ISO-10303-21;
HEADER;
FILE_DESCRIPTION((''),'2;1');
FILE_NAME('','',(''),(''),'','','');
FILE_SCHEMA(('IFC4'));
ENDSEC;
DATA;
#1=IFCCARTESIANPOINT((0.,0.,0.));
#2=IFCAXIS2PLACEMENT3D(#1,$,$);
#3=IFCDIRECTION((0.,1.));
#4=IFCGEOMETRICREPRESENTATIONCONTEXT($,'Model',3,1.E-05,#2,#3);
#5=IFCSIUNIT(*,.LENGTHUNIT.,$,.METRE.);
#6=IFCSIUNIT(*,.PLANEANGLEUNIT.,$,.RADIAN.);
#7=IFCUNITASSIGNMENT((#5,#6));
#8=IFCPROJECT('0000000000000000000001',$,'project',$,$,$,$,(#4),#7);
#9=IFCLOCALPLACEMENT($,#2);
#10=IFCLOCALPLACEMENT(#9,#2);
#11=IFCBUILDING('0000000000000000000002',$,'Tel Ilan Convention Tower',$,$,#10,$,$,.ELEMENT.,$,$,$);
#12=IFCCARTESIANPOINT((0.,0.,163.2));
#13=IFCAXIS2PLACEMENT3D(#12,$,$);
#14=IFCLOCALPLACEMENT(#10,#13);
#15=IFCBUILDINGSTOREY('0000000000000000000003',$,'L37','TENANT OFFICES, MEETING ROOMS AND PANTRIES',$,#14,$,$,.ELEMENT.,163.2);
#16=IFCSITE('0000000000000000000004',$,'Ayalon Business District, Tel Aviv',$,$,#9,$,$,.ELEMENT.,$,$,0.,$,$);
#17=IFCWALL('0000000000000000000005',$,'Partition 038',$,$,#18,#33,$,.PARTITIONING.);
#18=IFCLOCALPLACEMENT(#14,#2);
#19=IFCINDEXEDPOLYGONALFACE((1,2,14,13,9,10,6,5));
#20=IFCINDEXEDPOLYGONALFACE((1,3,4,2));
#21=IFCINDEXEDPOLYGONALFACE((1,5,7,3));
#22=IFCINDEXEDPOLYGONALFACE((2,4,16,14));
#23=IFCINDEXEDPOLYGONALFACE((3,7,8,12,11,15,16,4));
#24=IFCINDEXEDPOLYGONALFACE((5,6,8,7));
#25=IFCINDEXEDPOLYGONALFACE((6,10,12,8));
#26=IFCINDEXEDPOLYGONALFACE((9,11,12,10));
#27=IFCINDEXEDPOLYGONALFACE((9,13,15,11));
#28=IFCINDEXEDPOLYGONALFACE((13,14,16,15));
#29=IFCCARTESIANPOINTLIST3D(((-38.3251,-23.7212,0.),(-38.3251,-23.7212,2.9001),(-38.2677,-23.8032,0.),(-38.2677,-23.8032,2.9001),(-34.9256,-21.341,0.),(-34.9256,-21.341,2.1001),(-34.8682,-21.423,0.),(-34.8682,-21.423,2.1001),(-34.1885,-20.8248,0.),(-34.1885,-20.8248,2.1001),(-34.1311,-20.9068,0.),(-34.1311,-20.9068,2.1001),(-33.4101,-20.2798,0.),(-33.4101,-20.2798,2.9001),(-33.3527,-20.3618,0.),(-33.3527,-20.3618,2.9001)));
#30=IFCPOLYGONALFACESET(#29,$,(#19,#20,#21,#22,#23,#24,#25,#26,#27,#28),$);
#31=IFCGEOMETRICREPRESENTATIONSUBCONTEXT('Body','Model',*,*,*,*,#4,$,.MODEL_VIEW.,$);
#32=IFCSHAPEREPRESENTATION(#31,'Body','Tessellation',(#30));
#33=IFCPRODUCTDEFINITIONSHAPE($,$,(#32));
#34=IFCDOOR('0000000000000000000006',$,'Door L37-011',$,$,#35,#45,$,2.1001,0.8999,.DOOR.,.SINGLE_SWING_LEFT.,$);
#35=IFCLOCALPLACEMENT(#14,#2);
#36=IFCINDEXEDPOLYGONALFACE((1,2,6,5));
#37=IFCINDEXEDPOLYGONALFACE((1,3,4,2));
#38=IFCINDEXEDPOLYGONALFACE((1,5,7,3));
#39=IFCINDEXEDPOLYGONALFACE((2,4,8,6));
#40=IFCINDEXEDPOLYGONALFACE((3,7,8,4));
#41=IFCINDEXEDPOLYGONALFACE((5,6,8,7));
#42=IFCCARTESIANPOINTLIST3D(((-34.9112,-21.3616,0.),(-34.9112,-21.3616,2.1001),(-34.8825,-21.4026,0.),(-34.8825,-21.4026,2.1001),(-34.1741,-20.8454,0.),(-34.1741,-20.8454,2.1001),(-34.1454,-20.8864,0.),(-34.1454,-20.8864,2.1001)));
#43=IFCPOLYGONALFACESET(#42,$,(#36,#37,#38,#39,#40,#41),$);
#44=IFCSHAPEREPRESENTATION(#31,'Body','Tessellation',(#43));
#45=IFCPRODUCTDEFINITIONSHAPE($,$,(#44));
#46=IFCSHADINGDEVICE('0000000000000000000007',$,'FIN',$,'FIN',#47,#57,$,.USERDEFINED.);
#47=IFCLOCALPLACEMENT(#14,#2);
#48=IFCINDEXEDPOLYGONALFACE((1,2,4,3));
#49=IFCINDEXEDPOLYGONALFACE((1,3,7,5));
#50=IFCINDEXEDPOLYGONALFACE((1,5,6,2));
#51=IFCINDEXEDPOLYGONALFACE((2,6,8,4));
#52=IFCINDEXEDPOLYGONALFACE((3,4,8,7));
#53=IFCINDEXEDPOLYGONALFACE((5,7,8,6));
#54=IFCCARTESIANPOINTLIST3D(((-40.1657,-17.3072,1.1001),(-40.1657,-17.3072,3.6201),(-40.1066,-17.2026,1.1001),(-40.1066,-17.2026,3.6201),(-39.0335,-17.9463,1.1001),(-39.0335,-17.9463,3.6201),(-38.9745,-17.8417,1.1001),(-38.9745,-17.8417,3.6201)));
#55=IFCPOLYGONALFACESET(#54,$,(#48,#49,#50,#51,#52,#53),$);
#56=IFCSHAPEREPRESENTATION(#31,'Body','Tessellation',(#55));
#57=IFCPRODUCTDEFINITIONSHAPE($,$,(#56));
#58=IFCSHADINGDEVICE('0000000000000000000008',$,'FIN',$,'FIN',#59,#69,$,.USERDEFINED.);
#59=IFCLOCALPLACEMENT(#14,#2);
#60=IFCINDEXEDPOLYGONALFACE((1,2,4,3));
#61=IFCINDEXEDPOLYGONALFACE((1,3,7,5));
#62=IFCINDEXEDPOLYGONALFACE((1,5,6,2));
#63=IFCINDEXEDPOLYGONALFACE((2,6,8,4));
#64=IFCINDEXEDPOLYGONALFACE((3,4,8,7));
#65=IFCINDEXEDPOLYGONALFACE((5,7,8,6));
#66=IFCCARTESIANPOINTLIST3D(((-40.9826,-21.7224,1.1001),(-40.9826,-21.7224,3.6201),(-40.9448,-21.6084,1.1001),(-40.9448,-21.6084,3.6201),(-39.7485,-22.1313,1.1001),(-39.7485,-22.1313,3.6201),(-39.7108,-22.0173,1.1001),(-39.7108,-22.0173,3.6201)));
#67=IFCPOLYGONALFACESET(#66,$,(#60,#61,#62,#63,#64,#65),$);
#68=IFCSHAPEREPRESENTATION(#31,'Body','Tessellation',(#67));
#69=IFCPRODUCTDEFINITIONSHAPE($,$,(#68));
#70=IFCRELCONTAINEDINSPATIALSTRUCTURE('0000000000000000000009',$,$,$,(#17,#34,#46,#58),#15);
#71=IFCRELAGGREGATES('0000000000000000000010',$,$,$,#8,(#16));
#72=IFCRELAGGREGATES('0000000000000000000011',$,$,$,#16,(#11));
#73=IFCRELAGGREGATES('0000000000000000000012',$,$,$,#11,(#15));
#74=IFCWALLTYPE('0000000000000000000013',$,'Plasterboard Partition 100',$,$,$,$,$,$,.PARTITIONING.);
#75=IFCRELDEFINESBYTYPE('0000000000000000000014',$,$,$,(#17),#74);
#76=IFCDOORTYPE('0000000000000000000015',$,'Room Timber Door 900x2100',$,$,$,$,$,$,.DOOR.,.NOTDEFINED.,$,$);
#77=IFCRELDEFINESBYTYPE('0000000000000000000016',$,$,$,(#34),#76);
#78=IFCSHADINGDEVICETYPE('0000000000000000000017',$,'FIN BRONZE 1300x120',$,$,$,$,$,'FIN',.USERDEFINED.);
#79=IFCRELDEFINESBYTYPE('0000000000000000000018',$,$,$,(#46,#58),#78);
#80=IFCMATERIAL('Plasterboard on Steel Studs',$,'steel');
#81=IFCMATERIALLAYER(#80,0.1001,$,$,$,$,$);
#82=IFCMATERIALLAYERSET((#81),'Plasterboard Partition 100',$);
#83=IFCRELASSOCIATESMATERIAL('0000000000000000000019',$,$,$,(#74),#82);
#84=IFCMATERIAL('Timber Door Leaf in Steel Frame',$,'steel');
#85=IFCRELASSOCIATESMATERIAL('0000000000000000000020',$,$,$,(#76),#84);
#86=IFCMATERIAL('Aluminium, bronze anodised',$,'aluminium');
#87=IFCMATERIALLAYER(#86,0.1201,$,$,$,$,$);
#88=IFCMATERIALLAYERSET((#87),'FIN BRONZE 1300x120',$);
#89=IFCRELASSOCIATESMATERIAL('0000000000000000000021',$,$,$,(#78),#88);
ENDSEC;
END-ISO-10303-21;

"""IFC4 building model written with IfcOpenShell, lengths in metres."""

from ifc_helpers import new_model, si_unit, direction, frame, frame_2d, origin, origin_2d, place, context, subcontext, project, spatial, rectangle, extrude, material, layer, layer_set, type_object, element, fill, save


model = new_model("IFC4")

# Units and contexts
model_context = context("Model", 3, precision=1e-05, world=origin(), true_north=direction((0.0, 1.0)))
body_context = subcontext(model_context, "Body", "Model", "MODEL_VIEW")
ifc_project = project(units=[si_unit("LENGTHUNIT", "METRE"), si_unit("PLANEANGLEUNIT", "RADIAN")], contexts=[model_context])

# Site, building, storey
site_placement = place(None, origin())
site = spatial("IfcSite", under=ifc_project, at=site_placement, Name="Ayalon Business District, Tel Aviv", CompositionType="ELEMENT", RefElevation=0.0)
building_placement = place(site_placement, origin())
building = spatial("IfcBuilding", under=site, at=building_placement, Name="Tel Ilan Convention Tower", CompositionType="ELEMENT")
storey_placement = place(building_placement, frame((0.0, 0.0, 163.2)))
storey = spatial("IfcBuildingStorey", under=building, at=storey_placement, Name="L37", Description="TENANT OFFICES, MEETING ROOMS AND PANTRIES", CompositionType="ELEMENT", Elevation=163.2)

# Wall, opening, door
ifc_material_1 = material(Name="Plasterboard on Steel Studs", Category="steel")
ifc_layer_1 = layer(ifc_material_1, 0.1001)
ifc_layer_set_1 = layer_set([ifc_layer_1], Name="Plasterboard Partition 100")
wall_type_1 = type_object("IfcWallType", Name="Plasterboard Partition 100", PredefinedType="PARTITIONING", material=ifc_layer_set_1)
ifc_material_2 = material(Name="Timber Door Leaf in Steel Frame", Category="steel")
door_type_1 = type_object("IfcDoorType", Name="Room Timber Door 900x2100", OperationType="NOTDEFINED", PredefinedType="DOOR", material=ifc_material_2)
wall_1_placement = place(storey_placement, frame((-38.2964, -23.7622, 0.0), z_axis=(0.0, 0.0, 1.0), x_axis=(0.819163, 0.573561, 0.0)))
wall_1 = element("IfcWall", 1, at=wall_1_placement, inside=storey, type_object=wall_type_1, Name="Partition 038", PredefinedType="PARTITIONING", context=body_context, shape_type="SweptSolid", body=[
    extrude(rectangle(XDim=6.0, YDim=0.1001, at=frame_2d((3.0, 0.0))), origin(), (0.0, 0.0, 1.0), 2.9001),
])
opening_1_placement = place(wall_1_placement, frame((4.1499, 0.0, 0.0)))
opening_1 = element("IfcOpeningElement", 2, at=opening_1_placement, cuts=wall_1, PredefinedType="OPENING", context=body_context, shape_type="SweptSolid", body=[
    extrude(rectangle(XDim=0.8999, YDim=2.1001, at=frame_2d((0.45, 1.05))), frame((0.0, 0.0601, 0.0), z_axis=(0.0, -1.0, 0.0), x_axis=(1.0, 0.0, 0.0)), (0.0, 0.0, 1.0), 0.1201),
])
door_1_placement = place(opening_1_placement, origin())
door_1 = element("IfcDoor", 3, at=door_1_placement, inside=storey, type_object=door_type_1, Name="Door L37-011", OperationType="SINGLE_SWING_LEFT", OverallHeight=2.1001, OverallWidth=0.8999, PredefinedType="DOOR", context=body_context, shape_type="SweptSolid", body=[
    extrude(rectangle(XDim=0.8999, YDim=2.1001, at=frame_2d((0.45, 1.05))), frame((0.0, 0.0249, 0.0), z_axis=(0.0, -1.0, 0.0), x_axis=(1.0, 0.0, 0.0)), (0.0, 0.0, 1.0), 0.05),
])
fill(opening_1, door_1)

# Shading devices
ifc_material_3 = material(Name="Aluminium, bronze anodised", Category="aluminium")
ifc_layer_2 = layer(ifc_material_3, 0.1201)
ifc_layer_set_2 = layer_set([ifc_layer_2], Name="FIN BRONZE 1300x120")
shading_device_type = type_object("IfcShadingDeviceType", Name="FIN BRONZE 1300x120", ElementType="FIN", PredefinedType="USERDEFINED", material=ifc_layer_set_2)
for number, where, z_axis, x_axis, name in (
    (4, (-39.5701, -17.5745, 1.1001), (0.0, 0.0, 1.0), (-0.870833, 0.491579, 0.0), "FIN"),
    (5, (-40.3467, -21.8699, 1.1001), (0.0, 0.0, 1.0), (-0.949243, 0.314545, 0.0), "FIN"),
):
    element("IfcShadingDevice", number, at=place(storey_placement, frame(where, z_axis=z_axis, x_axis=x_axis)), inside=storey, type_object=shading_device_type, Name=name, ObjectType="FIN", PredefinedType="USERDEFINED", context=body_context, shape_type="SweptSolid", body=[
        extrude(rectangle(XDim=1.3, YDim=0.1201, at=origin_2d()), origin(), (0.0, 0.0, 1.0), 2.52),
    ])

save(model, "model.ifc")
